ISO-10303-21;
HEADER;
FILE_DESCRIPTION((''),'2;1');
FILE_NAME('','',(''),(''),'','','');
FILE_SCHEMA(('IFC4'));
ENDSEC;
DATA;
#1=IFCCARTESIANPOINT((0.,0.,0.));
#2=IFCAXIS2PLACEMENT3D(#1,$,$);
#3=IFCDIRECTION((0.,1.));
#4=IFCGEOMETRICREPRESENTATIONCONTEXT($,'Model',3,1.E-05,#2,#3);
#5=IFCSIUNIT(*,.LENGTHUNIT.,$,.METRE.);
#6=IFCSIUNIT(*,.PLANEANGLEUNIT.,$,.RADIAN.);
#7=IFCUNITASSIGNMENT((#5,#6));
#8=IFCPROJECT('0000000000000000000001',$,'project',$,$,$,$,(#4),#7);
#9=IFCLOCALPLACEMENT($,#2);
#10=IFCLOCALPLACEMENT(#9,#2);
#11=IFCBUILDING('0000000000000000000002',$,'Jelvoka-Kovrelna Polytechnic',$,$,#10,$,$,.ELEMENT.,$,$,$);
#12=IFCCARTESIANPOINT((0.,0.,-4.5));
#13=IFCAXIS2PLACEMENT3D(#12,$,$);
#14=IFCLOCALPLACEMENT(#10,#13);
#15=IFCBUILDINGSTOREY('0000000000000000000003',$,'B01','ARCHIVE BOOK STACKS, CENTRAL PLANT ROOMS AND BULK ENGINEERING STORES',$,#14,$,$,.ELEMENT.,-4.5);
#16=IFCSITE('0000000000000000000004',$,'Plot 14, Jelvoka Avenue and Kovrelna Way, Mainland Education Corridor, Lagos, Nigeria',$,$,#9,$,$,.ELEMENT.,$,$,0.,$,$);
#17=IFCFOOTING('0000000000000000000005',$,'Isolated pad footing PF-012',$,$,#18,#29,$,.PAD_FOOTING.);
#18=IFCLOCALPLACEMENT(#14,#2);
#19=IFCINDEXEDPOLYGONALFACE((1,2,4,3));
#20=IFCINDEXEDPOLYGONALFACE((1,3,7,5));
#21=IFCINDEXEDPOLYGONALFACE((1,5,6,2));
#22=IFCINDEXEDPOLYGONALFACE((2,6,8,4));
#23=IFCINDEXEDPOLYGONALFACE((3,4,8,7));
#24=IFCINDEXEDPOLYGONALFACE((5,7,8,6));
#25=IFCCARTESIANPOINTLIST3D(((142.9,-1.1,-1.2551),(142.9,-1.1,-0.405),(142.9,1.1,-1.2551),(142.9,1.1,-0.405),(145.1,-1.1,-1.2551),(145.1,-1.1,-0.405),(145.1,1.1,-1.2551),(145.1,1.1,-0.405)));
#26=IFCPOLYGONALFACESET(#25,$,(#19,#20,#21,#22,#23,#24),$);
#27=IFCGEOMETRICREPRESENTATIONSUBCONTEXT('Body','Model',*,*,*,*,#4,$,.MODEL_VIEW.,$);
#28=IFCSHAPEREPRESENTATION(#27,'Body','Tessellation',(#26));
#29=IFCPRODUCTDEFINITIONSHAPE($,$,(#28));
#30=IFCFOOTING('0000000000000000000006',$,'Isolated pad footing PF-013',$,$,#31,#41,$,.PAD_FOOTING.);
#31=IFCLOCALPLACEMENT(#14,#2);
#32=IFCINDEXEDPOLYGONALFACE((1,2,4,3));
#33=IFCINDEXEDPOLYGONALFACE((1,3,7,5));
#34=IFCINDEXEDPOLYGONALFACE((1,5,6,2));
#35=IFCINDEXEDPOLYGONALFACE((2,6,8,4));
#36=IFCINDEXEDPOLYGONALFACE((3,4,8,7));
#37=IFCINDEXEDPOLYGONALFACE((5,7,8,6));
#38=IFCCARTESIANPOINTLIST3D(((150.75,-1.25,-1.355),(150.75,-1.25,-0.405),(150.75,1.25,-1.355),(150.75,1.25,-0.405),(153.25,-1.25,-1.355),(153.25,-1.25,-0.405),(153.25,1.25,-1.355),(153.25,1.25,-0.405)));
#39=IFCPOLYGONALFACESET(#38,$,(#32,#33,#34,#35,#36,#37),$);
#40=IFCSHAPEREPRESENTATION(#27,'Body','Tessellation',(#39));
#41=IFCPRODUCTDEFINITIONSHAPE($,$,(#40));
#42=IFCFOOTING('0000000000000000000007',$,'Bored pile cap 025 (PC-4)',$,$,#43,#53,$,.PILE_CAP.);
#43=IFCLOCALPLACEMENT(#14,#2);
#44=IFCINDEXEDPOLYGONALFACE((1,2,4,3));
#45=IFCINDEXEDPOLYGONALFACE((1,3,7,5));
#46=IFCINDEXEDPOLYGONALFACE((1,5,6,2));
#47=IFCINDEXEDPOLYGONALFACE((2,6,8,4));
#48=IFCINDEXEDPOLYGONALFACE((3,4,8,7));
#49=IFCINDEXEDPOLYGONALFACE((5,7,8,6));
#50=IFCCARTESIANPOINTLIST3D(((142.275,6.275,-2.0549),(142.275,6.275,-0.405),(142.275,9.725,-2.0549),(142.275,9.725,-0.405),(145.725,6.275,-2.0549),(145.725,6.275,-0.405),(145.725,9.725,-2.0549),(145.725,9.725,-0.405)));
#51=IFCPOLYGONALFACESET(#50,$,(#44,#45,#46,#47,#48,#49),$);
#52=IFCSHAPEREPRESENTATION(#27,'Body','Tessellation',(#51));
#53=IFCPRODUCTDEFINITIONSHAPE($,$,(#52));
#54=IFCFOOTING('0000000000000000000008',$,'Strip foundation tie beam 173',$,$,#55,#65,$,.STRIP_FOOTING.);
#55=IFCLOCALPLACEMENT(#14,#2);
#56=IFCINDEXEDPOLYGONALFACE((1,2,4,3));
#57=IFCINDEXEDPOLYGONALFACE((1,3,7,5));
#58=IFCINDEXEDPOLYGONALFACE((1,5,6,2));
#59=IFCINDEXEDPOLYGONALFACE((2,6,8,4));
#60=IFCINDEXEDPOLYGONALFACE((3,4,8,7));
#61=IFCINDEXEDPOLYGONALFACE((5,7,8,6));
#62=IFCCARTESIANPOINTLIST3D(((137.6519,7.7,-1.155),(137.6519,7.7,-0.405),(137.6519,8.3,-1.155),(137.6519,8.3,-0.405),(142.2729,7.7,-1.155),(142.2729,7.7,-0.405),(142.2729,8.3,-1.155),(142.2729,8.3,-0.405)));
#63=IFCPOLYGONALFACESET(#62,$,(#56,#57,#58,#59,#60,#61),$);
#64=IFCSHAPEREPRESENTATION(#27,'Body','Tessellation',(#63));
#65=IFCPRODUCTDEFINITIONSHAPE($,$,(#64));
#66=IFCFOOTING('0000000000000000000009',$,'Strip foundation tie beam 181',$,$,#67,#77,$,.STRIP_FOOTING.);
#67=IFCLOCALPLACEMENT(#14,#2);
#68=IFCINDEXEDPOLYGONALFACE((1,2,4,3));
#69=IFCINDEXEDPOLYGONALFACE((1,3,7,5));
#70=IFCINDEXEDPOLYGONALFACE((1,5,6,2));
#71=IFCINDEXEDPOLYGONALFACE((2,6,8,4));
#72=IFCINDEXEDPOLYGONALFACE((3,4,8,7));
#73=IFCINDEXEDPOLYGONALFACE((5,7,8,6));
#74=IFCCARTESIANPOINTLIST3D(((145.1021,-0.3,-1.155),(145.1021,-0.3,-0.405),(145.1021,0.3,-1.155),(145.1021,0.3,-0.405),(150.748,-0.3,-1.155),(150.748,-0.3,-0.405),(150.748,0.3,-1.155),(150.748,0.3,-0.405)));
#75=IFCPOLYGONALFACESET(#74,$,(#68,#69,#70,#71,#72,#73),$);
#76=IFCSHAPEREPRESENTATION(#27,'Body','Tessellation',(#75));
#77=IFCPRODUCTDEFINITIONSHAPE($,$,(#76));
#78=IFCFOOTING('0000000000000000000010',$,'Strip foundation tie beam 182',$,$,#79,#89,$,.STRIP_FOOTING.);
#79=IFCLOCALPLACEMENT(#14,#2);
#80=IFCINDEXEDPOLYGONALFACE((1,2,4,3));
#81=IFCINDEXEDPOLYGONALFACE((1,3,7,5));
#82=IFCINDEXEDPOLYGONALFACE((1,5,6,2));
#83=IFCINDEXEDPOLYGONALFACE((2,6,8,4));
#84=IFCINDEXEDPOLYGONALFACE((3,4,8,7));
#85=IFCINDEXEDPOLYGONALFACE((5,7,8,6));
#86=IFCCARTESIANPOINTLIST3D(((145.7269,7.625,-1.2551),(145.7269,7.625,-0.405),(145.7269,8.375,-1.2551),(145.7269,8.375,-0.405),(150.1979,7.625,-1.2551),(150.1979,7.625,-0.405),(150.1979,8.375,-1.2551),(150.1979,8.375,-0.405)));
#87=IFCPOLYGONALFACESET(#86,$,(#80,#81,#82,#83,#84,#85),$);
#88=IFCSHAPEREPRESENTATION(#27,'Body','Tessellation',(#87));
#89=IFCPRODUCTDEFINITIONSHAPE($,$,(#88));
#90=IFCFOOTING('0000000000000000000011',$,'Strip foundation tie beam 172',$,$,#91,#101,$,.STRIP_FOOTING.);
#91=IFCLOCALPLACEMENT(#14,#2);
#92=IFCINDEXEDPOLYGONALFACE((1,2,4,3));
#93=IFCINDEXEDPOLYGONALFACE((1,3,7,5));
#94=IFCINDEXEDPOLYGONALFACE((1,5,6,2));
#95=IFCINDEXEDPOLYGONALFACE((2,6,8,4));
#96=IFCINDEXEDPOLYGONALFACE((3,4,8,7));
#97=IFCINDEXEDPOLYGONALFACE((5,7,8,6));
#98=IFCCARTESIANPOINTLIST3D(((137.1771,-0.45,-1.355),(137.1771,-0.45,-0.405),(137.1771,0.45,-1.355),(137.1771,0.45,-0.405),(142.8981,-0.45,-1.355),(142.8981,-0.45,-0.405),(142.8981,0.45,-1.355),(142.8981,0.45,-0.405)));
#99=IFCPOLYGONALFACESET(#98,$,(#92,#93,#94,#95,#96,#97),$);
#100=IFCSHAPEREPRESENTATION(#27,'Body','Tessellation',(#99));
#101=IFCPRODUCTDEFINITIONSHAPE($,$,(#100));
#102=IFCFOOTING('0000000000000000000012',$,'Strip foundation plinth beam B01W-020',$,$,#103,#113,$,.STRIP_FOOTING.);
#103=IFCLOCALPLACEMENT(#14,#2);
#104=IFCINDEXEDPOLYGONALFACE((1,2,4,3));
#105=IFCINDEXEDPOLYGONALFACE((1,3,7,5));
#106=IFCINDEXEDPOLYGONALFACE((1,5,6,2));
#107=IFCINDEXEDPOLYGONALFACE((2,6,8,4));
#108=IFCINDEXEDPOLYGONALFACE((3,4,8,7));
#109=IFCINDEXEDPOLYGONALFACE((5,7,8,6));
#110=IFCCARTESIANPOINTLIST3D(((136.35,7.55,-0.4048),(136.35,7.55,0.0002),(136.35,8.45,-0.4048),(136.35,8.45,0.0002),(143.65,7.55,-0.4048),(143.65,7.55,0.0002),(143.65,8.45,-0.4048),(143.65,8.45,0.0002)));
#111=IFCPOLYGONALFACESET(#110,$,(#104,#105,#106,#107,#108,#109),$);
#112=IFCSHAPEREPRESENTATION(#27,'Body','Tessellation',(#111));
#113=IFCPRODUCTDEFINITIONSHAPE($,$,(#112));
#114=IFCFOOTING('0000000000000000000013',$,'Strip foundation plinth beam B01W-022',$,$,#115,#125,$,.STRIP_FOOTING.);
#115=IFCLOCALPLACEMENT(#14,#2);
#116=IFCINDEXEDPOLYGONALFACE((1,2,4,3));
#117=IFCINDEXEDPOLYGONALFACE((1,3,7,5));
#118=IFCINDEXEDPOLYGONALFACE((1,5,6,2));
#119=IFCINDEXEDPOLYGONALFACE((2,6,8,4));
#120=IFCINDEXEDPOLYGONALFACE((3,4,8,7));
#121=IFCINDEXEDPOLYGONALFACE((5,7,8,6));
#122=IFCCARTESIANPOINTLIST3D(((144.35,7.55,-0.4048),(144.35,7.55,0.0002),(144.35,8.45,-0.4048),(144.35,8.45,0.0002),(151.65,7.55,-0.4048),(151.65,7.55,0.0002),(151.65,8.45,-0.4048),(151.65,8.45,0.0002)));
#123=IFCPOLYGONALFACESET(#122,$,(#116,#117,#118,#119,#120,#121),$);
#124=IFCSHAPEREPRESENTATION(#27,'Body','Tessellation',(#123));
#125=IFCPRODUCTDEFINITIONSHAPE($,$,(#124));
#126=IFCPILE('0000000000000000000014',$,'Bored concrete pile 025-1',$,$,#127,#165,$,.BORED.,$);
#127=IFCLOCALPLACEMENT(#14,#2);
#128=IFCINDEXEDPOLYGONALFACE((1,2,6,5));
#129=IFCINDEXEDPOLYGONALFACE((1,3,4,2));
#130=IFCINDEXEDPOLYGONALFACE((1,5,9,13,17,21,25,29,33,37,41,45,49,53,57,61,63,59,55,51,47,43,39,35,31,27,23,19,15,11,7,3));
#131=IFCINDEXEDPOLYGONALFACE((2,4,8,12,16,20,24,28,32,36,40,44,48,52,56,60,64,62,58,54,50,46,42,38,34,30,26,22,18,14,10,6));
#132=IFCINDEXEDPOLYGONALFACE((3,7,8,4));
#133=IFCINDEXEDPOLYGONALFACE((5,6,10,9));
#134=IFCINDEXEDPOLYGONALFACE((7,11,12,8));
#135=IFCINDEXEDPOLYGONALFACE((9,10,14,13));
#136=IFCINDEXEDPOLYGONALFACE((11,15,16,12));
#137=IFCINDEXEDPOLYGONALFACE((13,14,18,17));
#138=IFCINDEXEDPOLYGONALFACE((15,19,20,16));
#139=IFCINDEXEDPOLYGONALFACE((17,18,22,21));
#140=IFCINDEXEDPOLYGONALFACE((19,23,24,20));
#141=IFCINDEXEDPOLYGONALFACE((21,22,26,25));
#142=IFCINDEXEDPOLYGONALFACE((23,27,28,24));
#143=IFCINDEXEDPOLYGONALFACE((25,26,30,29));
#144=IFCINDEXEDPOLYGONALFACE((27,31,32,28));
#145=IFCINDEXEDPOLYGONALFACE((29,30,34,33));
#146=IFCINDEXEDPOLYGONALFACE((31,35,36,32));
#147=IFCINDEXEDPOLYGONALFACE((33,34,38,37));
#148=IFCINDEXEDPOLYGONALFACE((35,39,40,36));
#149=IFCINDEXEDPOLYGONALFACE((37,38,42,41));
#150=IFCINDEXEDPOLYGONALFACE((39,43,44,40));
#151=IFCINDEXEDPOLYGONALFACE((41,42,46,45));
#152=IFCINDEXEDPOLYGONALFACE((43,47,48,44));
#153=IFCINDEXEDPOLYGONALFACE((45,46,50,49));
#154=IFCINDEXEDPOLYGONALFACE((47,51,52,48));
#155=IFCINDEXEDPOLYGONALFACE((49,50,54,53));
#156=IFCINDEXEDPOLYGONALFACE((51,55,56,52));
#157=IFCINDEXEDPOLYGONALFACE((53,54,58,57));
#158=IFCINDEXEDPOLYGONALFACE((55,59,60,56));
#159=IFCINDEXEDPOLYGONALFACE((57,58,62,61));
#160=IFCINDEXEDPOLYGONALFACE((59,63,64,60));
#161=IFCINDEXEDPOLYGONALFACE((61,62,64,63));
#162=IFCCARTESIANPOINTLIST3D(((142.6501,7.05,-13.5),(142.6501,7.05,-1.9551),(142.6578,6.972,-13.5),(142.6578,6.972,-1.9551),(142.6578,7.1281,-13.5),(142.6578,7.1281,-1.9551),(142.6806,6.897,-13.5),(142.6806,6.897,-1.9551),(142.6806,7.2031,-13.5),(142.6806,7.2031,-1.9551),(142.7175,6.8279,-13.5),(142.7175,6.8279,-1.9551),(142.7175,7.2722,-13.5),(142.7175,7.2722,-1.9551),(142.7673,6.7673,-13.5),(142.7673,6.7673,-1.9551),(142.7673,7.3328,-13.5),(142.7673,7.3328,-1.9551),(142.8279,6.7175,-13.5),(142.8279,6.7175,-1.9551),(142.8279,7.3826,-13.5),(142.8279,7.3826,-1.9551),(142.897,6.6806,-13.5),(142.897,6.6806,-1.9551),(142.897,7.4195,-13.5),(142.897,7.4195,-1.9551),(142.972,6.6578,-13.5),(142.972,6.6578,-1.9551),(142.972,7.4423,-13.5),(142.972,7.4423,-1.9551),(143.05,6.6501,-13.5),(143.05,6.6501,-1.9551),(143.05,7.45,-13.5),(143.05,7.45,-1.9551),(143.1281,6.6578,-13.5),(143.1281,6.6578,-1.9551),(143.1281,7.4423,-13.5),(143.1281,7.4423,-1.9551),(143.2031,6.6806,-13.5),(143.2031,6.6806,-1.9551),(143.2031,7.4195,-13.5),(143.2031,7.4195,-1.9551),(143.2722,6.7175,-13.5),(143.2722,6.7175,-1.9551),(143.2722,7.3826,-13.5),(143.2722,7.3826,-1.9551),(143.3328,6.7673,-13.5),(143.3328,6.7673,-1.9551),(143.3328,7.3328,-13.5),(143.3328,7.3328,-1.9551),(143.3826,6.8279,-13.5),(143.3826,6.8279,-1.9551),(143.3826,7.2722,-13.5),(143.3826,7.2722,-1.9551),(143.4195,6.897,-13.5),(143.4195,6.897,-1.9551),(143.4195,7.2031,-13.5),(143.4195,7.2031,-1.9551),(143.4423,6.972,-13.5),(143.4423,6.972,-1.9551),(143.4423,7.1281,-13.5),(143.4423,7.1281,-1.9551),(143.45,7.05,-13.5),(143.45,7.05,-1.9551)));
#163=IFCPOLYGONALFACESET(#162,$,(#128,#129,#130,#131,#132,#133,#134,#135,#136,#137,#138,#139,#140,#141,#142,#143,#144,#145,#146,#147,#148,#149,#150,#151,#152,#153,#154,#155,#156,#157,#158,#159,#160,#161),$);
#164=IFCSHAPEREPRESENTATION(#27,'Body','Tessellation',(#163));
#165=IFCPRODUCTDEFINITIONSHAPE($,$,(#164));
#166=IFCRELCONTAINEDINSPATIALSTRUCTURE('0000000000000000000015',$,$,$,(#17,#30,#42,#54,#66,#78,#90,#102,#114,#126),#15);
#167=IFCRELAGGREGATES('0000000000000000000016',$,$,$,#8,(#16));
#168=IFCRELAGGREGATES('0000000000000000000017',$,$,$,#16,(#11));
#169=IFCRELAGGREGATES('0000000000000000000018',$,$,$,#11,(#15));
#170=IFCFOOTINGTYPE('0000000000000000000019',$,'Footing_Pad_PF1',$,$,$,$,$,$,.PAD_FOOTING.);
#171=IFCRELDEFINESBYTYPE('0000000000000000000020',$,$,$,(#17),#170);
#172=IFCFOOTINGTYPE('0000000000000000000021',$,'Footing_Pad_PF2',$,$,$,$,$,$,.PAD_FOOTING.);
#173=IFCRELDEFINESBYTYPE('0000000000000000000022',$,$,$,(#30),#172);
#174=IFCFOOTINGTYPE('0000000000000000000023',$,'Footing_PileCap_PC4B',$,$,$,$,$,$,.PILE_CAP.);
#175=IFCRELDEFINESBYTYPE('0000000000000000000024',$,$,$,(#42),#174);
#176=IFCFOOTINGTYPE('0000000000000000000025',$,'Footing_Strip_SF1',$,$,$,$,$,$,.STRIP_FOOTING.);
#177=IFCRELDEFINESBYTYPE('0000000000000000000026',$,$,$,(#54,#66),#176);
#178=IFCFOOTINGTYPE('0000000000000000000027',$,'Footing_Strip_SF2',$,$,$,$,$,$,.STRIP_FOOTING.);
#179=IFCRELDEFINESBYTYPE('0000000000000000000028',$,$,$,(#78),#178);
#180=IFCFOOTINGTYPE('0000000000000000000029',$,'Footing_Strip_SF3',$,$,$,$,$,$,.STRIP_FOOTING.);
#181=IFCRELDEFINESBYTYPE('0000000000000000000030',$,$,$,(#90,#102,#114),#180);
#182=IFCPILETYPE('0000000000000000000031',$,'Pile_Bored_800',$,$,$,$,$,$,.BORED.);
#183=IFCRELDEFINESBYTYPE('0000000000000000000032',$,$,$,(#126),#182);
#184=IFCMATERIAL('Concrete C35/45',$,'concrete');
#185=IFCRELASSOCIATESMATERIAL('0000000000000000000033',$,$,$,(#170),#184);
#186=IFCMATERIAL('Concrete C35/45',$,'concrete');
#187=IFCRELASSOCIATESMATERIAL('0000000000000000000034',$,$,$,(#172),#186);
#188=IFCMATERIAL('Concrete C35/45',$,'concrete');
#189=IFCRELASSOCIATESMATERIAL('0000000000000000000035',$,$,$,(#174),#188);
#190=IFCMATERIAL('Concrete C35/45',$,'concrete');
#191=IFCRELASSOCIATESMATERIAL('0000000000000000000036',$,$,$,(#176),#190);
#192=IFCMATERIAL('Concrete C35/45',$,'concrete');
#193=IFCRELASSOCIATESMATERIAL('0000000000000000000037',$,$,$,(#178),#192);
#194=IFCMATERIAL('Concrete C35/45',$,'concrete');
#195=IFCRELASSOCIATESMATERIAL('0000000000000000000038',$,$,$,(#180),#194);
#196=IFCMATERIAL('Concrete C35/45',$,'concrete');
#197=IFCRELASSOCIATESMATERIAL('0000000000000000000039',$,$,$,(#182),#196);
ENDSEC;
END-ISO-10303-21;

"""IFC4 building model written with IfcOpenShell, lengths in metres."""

from ifc_helpers import new_model, si_unit, direction, frame, origin, origin_2d, place, context, subcontext, project, spatial, rectangle, circle, extrude, material, material_profile, profile_set, type_object, element, save


model = new_model("IFC4")

# Units and contexts
model_context = context("Model", 3, precision=1e-05, world=origin(), true_north=direction((0.0, 1.0)))
body_context = subcontext(model_context, "Body", "Model", "MODEL_VIEW")
ifc_project = project(units=[si_unit("LENGTHUNIT", "METRE"), si_unit("PLANEANGLEUNIT", "RADIAN")], contexts=[model_context])

# Site, building, storey
site_placement = place(None, origin())
site = spatial("IfcSite", under=ifc_project, at=site_placement, Name="Plot 14, Jelvoka Avenue and Kovrelna Way, Mainland Education Corridor, Lagos, Nigeria", CompositionType="ELEMENT", RefElevation=0.0)
building_placement = place(site_placement, origin())
building = spatial("IfcBuilding", under=site, at=building_placement, Name="Jelvoka-Kovrelna Polytechnic", CompositionType="ELEMENT")
storey_placement = place(building_placement, frame((0.0, 0.0, -4.5)))
storey = spatial("IfcBuildingStorey", under=building, at=storey_placement, Name="B01", Description="ARCHIVE BOOK STACKS, CENTRAL PLANT ROOMS AND BULK ENGINEERING STORES", CompositionType="ELEMENT", Elevation=-4.5)

# Footings
ifc_material_1 = material(Name="Concrete C35/45", Category="concrete")
footing_type_1 = type_object("IfcFootingType", Name="Footing_Pad_PF1", PredefinedType="PAD_FOOTING", material=ifc_material_1)
footing_1_placement = place(storey_placement, frame((144.0, 0.0, -1.2551), z_axis=(0.0, 0.0, 1.0), x_axis=(1.0, 0.0, 0.0)))
element("IfcFooting", 1, at=footing_1_placement, inside=storey, type_object=footing_type_1, Name="Isolated pad footing PF-012", PredefinedType="PAD_FOOTING", context=body_context, shape_type="SweptSolid", body=[
    extrude(rectangle(XDim=2.2, YDim=2.2, at=origin_2d()), origin(), (0.0, 0.0, 1.0), 0.8501),
])
ifc_material_2 = material(Name="Concrete C35/45", Category="concrete")
footing_type_2 = type_object("IfcFootingType", Name="Footing_Pad_PF2", PredefinedType="PAD_FOOTING", material=ifc_material_2)
footing_2_placement = place(storey_placement, frame((152.0, 0.0, -1.355), z_axis=(0.0, 0.0, 1.0), x_axis=(1.0, 0.0, 0.0)))
element("IfcFooting", 2, at=footing_2_placement, inside=storey, type_object=footing_type_2, Name="Isolated pad footing PF-013", PredefinedType="PAD_FOOTING", context=body_context, shape_type="SweptSolid", body=[
    extrude(rectangle(XDim=2.5, YDim=2.5, at=origin_2d()), origin(), (0.0, 0.0, 1.0), 0.95),
])
ifc_material_3 = material(Name="Concrete C35/45", Category="concrete")
footing_type_3 = type_object("IfcFootingType", Name="Footing_PileCap_PC4B", PredefinedType="PILE_CAP", material=ifc_material_3)
footing_3_placement = place(storey_placement, frame((144.0, 8.0, -2.0549), z_axis=(0.0, 0.0, 1.0), x_axis=(1.0, 0.0, 0.0)))
element("IfcFooting", 3, at=footing_3_placement, inside=storey, type_object=footing_type_3, Name="Bored pile cap 025 (PC-4)", PredefinedType="PILE_CAP", context=body_context, shape_type="SweptSolid", body=[
    extrude(rectangle(XDim=3.45, YDim=3.45, at=origin_2d()), origin(), (0.0, 0.0, 1.0), 1.6499),
])
ifc_material_4 = material(Name="Concrete C35/45", Category="concrete")
footing_type_4 = type_object("IfcFootingType", Name="Footing_Strip_SF1", PredefinedType="STRIP_FOOTING", material=ifc_material_4)
footing_4_placement = place(storey_placement, frame((139.9624, 8.0, -1.155), z_axis=(0.0, 0.0, 1.0), x_axis=(1.0, 0.0, 0.0)))
element("IfcFooting", 4, at=footing_4_placement, inside=storey, type_object=footing_type_4, Name="Strip foundation tie beam 173", PredefinedType="STRIP_FOOTING", context=body_context, shape_type="SweptSolid", body=[
    extrude(rectangle(XDim=4.6211, YDim=0.6001, at=origin_2d()), origin(), (0.0, 0.0, 1.0), 0.75),
])
footing_5_placement = place(storey_placement, frame((147.925, 0.0, -1.155), z_axis=(0.0, 0.0, 1.0), x_axis=(1.0, 0.0, 0.0)))
element("IfcFooting", 5, at=footing_5_placement, inside=storey, type_object=footing_type_4, Name="Strip foundation tie beam 181", PredefinedType="STRIP_FOOTING", context=body_context, shape_type="SweptSolid", body=[
    extrude(rectangle(XDim=5.646, YDim=0.6001, at=origin_2d()), origin(), (0.0, 0.0, 1.0), 0.75),
])
ifc_material_5 = material(Name="Concrete C35/45", Category="concrete")
footing_type_5 = type_object("IfcFootingType", Name="Footing_Strip_SF2", PredefinedType="STRIP_FOOTING", material=ifc_material_5)
footing_6_placement = place(storey_placement, frame((147.9624, 8.0, -1.2551), z_axis=(0.0, 0.0, 1.0), x_axis=(1.0, 0.0, 0.0)))
element("IfcFooting", 6, at=footing_6_placement, inside=storey, type_object=footing_type_5, Name="Strip foundation tie beam 182", PredefinedType="STRIP_FOOTING", context=body_context, shape_type="SweptSolid", body=[
    extrude(rectangle(XDim=4.4709, YDim=0.75, at=origin_2d()), origin(), (0.0, 0.0, 1.0), 0.8501),
])
ifc_material_6 = material(Name="Concrete C35/45", Category="concrete")
footing_type_6 = type_object("IfcFootingType", Name="Footing_Strip_SF3", PredefinedType="STRIP_FOOTING", material=ifc_material_6)
footing_7_placement = place(storey_placement, frame((140.0376, 0.0, -1.355), z_axis=(0.0, 0.0, 1.0), x_axis=(1.0, 0.0, 0.0)))
element("IfcFooting", 7, at=footing_7_placement, inside=storey, type_object=footing_type_6, Name="Strip foundation tie beam 172", PredefinedType="STRIP_FOOTING", context=body_context, shape_type="SweptSolid", body=[
    extrude(rectangle(XDim=5.7209, YDim=0.8999, at=origin_2d()), origin(), (0.0, 0.0, 1.0), 0.95),
])
for number, where, z_axis, x_axis, name in (
    (8, (140.0, 8.0, -0.4048), (0.0, 0.0, 1.0), (1.0, 0.0, 0.0), "Strip foundation plinth beam B01W-020"),
    (9, (148.0, 8.0, -0.4048), (0.0, 0.0, 1.0), (1.0, 0.0, 0.0), "Strip foundation plinth beam B01W-022"),
):
    element("IfcFooting", number, at=place(storey_placement, frame(where, z_axis=z_axis, x_axis=x_axis)), inside=storey, type_object=footing_type_6, Name=name, PredefinedType="STRIP_FOOTING", context=body_context, shape_type="SweptSolid", body=[
        extrude(rectangle(XDim=7.3, YDim=0.8999, at=origin_2d()), origin(), (0.0, 0.0, 1.0), 0.405),
    ])

# Pile
ifc_material_7 = material(Name="Concrete C35/45", Category="concrete")
ifc_material_profile_1 = material_profile(ifc_material_7, circle(Radius=0.3999, at=origin_2d()), Name="PILE D800")
ifc_profile_set_1 = profile_set([ifc_material_profile_1], Name="Concrete C35/45")
pile_type = type_object("IfcPileType", Name="Pile_Bored_800", PredefinedType="BORED", material=ifc_profile_set_1)
for number, where, z_axis, x_axis, name in (
    (10, (143.05, 7.05, -1.9551), (0.0, 0.0, -1.0), (1.0, 0.0, 0.0), "Bored concrete pile 025-1"),
):
    element("IfcPile", number, at=place(storey_placement, frame(where, z_axis=z_axis, x_axis=x_axis)), inside=storey, type_object=pile_type, Name=name, PredefinedType="BORED", context=body_context, shape_type="SweptSolid", body=[
        extrude(circle(Radius=0.3999, at=origin_2d()), origin(), (0.0, 0.0, 1.0), 11.5449),
    ])

save(model, "model.ifc")
